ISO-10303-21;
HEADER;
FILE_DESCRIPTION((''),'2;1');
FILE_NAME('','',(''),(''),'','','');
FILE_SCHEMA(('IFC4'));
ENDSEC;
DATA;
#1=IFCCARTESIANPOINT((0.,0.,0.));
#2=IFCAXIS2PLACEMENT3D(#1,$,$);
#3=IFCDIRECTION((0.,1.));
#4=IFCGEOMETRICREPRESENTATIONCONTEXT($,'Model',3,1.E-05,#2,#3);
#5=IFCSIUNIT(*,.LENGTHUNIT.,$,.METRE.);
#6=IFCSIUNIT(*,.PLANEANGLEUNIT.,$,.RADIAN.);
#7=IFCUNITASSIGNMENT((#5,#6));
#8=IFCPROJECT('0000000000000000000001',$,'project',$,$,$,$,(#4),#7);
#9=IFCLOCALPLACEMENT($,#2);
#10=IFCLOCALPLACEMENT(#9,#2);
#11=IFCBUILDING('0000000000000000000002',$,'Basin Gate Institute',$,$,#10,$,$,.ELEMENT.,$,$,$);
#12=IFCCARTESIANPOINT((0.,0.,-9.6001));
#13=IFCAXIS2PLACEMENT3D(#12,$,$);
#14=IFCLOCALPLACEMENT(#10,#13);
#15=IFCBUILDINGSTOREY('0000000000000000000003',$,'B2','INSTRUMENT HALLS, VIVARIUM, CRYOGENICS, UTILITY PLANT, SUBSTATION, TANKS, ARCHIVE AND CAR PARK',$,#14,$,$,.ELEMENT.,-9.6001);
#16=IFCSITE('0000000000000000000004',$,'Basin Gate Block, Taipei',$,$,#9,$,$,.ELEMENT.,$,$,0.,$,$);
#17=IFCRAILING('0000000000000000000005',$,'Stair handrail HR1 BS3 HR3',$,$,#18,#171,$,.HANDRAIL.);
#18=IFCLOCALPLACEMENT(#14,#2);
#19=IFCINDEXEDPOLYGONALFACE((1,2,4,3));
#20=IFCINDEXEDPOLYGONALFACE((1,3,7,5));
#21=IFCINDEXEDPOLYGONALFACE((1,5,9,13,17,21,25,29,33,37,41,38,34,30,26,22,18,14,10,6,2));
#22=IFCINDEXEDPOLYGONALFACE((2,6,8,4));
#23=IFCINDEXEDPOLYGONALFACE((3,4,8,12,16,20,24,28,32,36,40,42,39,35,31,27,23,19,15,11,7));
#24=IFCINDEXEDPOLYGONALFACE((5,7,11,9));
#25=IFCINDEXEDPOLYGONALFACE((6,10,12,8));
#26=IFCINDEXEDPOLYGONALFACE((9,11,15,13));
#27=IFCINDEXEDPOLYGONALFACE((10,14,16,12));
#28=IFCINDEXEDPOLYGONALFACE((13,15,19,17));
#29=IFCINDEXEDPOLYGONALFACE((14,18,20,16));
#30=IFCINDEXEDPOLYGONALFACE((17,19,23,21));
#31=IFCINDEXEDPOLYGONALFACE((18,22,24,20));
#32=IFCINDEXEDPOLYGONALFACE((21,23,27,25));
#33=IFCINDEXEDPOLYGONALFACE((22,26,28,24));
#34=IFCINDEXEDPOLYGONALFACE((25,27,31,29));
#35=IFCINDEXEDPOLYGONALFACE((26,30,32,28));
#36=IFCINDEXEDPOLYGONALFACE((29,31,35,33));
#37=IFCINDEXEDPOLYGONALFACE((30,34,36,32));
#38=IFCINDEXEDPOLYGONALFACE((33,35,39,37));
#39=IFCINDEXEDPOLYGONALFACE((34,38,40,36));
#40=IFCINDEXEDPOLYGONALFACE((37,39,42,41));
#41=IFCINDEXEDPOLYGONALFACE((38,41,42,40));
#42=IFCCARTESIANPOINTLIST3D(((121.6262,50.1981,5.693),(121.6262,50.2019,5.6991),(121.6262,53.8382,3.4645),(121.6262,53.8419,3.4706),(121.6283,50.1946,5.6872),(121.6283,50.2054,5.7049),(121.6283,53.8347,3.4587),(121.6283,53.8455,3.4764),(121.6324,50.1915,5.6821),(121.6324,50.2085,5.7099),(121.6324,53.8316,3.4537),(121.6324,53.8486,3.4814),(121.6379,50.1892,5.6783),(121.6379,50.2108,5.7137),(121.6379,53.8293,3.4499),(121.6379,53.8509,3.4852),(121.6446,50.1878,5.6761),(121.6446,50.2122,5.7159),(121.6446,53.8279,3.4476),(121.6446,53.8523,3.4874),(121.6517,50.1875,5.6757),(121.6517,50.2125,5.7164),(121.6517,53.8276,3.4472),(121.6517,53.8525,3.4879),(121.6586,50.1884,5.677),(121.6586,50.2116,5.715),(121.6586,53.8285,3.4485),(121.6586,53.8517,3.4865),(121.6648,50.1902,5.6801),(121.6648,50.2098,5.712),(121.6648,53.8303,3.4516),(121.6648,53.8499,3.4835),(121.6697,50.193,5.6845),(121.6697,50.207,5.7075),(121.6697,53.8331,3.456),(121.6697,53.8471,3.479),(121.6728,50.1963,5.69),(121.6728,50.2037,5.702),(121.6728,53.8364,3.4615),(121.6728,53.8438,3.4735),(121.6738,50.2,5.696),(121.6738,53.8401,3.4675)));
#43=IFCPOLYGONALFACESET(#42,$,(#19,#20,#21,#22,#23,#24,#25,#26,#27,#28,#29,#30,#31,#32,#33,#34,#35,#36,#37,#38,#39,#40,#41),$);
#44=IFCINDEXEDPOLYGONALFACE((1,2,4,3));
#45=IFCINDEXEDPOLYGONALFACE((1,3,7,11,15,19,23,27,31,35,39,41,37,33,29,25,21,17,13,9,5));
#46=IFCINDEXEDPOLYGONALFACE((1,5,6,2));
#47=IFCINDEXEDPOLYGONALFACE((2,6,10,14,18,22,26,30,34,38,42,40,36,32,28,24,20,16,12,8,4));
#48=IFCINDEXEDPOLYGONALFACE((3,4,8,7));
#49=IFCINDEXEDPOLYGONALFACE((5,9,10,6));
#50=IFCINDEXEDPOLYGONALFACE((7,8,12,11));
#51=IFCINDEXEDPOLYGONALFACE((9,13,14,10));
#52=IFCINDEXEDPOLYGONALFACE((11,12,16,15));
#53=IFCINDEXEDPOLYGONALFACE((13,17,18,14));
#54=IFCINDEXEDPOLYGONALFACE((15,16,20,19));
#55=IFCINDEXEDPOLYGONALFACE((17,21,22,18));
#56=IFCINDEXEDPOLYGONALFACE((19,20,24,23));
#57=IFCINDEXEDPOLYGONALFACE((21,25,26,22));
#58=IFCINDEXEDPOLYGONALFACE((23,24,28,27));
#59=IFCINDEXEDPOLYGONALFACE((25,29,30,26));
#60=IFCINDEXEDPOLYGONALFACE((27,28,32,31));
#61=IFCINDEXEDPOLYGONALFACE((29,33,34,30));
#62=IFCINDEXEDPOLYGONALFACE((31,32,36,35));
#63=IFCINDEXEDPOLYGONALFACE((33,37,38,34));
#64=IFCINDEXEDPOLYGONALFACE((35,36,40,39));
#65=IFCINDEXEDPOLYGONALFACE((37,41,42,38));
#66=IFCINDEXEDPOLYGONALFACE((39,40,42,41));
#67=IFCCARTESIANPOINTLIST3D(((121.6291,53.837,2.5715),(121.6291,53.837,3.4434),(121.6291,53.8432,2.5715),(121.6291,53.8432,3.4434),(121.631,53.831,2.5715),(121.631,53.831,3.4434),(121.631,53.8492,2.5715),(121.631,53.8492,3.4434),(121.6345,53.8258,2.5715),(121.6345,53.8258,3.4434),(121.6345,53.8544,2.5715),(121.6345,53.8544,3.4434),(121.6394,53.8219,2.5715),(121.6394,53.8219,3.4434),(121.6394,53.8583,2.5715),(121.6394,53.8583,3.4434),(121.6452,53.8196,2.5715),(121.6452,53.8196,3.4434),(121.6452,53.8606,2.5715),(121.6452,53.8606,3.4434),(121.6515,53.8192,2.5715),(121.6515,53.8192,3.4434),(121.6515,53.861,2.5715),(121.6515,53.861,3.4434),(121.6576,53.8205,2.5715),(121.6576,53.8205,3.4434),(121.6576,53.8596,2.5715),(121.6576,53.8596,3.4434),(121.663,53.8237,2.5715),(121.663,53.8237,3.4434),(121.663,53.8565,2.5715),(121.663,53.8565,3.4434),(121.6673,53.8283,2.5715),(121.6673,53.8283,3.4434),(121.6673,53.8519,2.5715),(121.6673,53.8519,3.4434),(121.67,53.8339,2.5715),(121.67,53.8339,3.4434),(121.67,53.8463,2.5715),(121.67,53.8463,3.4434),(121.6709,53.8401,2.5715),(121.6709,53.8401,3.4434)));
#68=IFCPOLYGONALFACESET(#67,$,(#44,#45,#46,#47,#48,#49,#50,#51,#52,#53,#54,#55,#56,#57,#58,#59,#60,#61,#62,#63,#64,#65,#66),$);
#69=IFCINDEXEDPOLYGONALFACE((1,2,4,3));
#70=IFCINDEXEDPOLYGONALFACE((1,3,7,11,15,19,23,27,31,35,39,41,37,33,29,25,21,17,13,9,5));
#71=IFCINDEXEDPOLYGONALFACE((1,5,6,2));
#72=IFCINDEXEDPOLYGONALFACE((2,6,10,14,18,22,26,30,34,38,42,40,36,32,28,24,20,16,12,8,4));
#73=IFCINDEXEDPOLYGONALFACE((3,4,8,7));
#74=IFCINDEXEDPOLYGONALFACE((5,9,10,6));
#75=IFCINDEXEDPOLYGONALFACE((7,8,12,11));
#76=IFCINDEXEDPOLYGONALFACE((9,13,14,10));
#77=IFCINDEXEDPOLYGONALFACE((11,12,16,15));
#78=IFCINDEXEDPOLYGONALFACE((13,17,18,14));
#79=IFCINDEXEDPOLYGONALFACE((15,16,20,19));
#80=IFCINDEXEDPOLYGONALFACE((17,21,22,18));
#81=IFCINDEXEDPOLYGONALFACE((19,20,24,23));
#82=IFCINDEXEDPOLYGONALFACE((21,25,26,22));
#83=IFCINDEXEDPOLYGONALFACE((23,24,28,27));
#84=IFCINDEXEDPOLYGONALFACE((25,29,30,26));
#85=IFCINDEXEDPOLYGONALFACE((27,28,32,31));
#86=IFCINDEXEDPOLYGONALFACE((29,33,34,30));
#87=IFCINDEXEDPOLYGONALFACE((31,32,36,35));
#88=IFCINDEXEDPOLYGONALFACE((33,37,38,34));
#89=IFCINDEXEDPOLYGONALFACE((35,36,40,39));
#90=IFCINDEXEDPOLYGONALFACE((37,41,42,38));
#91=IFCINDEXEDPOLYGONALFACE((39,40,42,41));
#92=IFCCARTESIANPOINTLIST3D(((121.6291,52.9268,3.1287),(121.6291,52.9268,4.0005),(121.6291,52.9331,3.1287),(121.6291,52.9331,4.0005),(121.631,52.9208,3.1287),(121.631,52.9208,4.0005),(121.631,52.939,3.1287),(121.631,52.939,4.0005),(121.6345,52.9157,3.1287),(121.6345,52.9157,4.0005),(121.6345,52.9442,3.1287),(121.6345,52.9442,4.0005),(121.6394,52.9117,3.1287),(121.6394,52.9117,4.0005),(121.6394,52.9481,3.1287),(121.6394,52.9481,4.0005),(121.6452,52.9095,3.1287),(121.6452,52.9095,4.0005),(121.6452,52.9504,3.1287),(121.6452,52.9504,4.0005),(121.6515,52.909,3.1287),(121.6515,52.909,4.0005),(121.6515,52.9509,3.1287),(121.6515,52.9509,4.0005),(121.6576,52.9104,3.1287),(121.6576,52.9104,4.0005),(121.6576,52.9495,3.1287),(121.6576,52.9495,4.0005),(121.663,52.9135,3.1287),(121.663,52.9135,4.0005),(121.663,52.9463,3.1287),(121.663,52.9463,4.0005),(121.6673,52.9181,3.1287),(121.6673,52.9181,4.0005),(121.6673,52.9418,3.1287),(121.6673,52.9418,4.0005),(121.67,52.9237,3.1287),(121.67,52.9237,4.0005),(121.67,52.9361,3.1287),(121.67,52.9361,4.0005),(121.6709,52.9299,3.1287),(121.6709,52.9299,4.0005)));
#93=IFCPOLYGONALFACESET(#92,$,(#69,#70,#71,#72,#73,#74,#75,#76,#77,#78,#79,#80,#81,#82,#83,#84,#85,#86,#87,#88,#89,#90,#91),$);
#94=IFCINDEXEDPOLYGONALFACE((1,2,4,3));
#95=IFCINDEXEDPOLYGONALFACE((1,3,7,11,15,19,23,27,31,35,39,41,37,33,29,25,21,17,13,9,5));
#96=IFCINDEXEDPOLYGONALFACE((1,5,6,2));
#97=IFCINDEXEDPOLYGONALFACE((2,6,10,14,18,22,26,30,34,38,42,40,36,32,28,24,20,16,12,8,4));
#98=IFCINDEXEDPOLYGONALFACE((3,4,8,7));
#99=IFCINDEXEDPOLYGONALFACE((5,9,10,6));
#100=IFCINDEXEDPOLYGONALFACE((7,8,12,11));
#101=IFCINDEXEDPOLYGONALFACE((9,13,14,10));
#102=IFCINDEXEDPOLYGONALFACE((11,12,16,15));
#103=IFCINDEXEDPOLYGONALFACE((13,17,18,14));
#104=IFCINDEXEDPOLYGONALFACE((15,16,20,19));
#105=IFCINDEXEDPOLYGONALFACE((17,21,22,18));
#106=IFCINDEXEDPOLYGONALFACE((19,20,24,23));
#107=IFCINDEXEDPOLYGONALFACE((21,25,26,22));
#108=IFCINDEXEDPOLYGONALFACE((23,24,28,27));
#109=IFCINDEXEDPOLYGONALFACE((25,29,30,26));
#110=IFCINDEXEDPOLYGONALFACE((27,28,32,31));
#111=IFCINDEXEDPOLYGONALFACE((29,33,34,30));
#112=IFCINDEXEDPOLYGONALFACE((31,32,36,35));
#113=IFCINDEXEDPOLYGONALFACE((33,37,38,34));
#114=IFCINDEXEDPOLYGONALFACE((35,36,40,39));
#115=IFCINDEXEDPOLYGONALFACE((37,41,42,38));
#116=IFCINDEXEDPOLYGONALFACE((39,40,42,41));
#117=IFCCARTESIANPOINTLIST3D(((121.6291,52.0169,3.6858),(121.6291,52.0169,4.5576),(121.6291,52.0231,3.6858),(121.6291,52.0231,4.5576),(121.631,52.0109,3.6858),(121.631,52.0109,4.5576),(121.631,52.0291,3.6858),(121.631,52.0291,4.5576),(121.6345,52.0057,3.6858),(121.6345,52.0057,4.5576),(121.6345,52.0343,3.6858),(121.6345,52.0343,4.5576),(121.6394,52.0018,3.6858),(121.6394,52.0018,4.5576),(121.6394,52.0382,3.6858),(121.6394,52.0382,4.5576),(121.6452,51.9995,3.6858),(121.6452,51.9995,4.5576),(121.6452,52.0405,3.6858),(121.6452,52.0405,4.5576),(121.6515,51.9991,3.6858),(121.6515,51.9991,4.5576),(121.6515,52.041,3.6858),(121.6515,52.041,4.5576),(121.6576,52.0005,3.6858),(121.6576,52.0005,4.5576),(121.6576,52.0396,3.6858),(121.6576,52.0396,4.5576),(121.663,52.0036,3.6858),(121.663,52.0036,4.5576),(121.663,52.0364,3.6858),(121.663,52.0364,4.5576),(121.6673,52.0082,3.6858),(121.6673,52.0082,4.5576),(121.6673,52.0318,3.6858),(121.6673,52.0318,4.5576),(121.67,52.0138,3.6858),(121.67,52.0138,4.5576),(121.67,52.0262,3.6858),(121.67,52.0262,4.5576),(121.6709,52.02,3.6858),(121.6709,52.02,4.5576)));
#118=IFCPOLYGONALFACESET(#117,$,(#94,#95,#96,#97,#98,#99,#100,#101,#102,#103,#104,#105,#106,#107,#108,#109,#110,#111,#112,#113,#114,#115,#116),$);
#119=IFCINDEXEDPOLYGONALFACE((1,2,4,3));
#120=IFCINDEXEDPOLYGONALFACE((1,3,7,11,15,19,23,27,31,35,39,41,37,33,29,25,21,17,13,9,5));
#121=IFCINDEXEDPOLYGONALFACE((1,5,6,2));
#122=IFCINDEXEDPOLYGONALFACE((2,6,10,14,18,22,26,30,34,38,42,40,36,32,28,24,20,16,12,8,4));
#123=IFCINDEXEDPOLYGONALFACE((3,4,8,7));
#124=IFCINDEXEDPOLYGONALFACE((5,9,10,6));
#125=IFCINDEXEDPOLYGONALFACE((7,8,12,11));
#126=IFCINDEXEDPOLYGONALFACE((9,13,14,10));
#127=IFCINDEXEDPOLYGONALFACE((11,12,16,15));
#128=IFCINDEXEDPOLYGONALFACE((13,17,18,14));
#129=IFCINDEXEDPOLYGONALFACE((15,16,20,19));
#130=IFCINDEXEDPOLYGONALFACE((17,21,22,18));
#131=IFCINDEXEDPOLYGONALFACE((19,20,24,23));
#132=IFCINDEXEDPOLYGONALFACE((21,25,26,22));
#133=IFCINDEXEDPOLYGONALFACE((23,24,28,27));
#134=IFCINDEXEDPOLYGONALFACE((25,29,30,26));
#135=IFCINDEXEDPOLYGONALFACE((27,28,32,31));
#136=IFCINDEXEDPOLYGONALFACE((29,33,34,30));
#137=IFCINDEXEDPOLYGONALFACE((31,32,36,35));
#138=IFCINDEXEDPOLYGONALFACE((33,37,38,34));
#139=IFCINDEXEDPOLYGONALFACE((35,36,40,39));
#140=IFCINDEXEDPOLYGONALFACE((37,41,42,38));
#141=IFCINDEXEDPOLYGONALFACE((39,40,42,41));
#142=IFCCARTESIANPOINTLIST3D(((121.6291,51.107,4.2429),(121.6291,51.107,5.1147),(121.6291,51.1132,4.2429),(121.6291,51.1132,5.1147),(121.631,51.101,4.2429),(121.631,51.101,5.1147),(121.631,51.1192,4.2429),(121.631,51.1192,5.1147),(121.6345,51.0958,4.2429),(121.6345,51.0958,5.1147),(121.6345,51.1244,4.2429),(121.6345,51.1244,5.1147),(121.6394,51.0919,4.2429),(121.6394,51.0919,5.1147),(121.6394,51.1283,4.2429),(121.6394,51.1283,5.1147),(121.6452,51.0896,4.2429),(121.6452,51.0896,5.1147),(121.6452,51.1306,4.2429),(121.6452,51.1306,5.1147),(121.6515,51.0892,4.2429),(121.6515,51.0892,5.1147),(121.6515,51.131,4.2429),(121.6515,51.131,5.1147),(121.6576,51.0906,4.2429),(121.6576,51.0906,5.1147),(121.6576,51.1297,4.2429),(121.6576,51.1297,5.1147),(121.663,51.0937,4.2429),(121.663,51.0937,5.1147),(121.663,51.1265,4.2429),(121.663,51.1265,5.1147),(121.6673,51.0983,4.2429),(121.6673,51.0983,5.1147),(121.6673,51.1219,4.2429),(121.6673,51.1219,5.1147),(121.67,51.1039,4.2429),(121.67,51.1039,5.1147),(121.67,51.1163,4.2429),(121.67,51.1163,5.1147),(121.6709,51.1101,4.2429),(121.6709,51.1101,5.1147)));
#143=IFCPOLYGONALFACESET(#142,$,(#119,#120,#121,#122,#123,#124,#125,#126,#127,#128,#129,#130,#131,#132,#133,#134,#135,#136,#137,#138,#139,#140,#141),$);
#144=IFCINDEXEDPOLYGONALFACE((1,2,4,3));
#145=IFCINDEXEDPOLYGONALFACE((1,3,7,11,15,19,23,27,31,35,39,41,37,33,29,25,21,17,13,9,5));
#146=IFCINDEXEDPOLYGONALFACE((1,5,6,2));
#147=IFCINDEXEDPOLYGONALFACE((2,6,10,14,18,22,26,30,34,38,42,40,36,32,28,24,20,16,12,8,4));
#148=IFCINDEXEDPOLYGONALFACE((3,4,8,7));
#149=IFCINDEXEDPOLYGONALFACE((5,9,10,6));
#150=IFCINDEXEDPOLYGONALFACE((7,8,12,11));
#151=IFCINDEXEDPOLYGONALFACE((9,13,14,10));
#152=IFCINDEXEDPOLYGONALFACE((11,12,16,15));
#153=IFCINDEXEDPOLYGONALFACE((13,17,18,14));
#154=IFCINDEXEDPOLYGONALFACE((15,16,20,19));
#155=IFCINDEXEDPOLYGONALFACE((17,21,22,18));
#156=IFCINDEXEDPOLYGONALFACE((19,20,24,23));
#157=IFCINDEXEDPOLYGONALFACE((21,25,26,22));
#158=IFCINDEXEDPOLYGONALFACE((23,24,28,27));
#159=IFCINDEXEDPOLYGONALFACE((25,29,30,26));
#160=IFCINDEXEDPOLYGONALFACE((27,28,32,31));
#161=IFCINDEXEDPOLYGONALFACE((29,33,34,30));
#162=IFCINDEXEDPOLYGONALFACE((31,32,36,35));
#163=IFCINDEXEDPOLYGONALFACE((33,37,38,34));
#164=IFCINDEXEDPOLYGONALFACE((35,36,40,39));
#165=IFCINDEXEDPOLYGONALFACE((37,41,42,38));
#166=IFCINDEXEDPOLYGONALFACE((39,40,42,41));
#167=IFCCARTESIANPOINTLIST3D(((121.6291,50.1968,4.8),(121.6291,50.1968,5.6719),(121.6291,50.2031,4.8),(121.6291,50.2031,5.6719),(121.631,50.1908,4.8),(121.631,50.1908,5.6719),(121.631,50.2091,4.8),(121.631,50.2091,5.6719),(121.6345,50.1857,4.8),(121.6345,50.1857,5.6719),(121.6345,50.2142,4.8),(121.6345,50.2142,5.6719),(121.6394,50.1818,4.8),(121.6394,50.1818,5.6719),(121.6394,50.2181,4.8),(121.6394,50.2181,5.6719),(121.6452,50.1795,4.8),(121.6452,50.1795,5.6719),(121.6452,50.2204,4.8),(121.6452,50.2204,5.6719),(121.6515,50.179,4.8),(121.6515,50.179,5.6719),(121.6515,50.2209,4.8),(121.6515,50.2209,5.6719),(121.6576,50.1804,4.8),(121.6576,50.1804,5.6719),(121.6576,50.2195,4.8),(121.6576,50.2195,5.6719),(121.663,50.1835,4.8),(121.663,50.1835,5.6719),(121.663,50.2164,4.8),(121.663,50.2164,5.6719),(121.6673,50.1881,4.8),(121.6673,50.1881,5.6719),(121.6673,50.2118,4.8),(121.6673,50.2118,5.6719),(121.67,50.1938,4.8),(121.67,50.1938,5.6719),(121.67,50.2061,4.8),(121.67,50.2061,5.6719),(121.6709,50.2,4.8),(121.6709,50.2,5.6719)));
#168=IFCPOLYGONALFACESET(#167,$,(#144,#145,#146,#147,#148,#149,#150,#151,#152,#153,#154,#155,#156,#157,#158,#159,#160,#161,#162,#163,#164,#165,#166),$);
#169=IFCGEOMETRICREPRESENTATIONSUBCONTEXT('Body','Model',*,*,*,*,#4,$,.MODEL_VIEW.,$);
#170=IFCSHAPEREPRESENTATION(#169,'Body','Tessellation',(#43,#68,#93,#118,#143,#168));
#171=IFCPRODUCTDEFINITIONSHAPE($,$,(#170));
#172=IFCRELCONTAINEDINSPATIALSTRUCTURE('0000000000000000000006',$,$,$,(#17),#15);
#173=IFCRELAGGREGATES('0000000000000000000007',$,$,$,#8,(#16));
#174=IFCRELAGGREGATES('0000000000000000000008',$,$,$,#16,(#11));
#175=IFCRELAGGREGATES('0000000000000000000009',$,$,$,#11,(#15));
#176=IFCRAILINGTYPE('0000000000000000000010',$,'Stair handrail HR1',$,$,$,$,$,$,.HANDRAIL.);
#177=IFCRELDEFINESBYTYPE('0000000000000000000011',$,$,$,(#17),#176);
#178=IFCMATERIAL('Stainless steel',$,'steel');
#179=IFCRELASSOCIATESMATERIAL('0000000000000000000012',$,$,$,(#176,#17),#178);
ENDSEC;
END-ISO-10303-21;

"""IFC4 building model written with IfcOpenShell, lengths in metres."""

from ifc_helpers import new_model, si_unit, direction, frame, origin, origin_2d, place, context, subcontext, project, spatial, circle, extrude, material, type_object, element, save


model = new_model("IFC4")

# Units and contexts
model_context = context("Model", 3, precision=1e-05, world=origin(), true_north=direction((0.0, 1.0)))
body_context = subcontext(model_context, "Body", "Model", "MODEL_VIEW")
ifc_project = project(units=[si_unit("LENGTHUNIT", "METRE"), si_unit("PLANEANGLEUNIT", "RADIAN")], contexts=[model_context])

# Site, building, storey
site_placement = place(None, origin())
site = spatial("IfcSite", under=ifc_project, at=site_placement, Name="Basin Gate Block, Taipei", CompositionType="ELEMENT", RefElevation=0.0)
building_placement = place(site_placement, origin())
building = spatial("IfcBuilding", under=site, at=building_placement, Name="Basin Gate Institute", CompositionType="ELEMENT")
storey_placement = place(building_placement, frame((0.0, 0.0, -9.6001)))
storey = spatial("IfcBuildingStorey", under=building, at=storey_placement, Name="B2", Description="INSTRUMENT HALLS, VIVARIUM, CRYOGENICS, UTILITY PLANT, SUBSTATION, TANKS, ARCHIVE AND CAR PARK", CompositionType="ELEMENT", Elevation=-9.6001)

# Railing
ifc_material_1 = material(Name="Stainless steel", Category="steel")
railing_type_1 = type_object("IfcRailingType", Name="Stair handrail HR1", PredefinedType="HANDRAIL", material=ifc_material_1)
railing_1_placement = place(storey_placement, frame((121.6499, 53.8401, 2.5715)))
element("IfcRailing", 1, at=railing_1_placement, inside=storey, type_object=railing_type_1, material=ifc_material_1, Name="Stair handrail HR1 BS3 HR3", PredefinedType="HANDRAIL", context=body_context, shape_type="SweptSolid", body=[
    extrude(circle(Radius=0.0239, at=origin_2d()), frame((0.0, 0.0, 0.896), z_axis=(0.0, -0.852866, 0.52213), x_axis=(1.0, 0.0, 0.0)), (0.0, 0.0, 1.0), 4.2681),
    extrude(circle(Radius=0.021, at=origin_2d()), origin(), (0.0, 0.0, 1.0), 0.8718),
    extrude(circle(Radius=0.021, at=origin_2d()), frame((0.0, -0.9102, 0.5571)), (0.0, 0.0, 1.0), 0.8718),
    extrude(circle(Radius=0.021, at=origin_2d()), frame((0.0, -1.8201, 1.1143)), (0.0, 0.0, 1.0), 0.8718),
    extrude(circle(Radius=0.021, at=origin_2d()), frame((0.0, -2.73, 1.6714)), (0.0, 0.0, 1.0), 0.8718),
    extrude(circle(Radius=0.021, at=origin_2d()), frame((0.0, -3.6401, 2.2285)), (0.0, 0.0, 1.0), 0.8718),
])

save(model, "model.ifc")
